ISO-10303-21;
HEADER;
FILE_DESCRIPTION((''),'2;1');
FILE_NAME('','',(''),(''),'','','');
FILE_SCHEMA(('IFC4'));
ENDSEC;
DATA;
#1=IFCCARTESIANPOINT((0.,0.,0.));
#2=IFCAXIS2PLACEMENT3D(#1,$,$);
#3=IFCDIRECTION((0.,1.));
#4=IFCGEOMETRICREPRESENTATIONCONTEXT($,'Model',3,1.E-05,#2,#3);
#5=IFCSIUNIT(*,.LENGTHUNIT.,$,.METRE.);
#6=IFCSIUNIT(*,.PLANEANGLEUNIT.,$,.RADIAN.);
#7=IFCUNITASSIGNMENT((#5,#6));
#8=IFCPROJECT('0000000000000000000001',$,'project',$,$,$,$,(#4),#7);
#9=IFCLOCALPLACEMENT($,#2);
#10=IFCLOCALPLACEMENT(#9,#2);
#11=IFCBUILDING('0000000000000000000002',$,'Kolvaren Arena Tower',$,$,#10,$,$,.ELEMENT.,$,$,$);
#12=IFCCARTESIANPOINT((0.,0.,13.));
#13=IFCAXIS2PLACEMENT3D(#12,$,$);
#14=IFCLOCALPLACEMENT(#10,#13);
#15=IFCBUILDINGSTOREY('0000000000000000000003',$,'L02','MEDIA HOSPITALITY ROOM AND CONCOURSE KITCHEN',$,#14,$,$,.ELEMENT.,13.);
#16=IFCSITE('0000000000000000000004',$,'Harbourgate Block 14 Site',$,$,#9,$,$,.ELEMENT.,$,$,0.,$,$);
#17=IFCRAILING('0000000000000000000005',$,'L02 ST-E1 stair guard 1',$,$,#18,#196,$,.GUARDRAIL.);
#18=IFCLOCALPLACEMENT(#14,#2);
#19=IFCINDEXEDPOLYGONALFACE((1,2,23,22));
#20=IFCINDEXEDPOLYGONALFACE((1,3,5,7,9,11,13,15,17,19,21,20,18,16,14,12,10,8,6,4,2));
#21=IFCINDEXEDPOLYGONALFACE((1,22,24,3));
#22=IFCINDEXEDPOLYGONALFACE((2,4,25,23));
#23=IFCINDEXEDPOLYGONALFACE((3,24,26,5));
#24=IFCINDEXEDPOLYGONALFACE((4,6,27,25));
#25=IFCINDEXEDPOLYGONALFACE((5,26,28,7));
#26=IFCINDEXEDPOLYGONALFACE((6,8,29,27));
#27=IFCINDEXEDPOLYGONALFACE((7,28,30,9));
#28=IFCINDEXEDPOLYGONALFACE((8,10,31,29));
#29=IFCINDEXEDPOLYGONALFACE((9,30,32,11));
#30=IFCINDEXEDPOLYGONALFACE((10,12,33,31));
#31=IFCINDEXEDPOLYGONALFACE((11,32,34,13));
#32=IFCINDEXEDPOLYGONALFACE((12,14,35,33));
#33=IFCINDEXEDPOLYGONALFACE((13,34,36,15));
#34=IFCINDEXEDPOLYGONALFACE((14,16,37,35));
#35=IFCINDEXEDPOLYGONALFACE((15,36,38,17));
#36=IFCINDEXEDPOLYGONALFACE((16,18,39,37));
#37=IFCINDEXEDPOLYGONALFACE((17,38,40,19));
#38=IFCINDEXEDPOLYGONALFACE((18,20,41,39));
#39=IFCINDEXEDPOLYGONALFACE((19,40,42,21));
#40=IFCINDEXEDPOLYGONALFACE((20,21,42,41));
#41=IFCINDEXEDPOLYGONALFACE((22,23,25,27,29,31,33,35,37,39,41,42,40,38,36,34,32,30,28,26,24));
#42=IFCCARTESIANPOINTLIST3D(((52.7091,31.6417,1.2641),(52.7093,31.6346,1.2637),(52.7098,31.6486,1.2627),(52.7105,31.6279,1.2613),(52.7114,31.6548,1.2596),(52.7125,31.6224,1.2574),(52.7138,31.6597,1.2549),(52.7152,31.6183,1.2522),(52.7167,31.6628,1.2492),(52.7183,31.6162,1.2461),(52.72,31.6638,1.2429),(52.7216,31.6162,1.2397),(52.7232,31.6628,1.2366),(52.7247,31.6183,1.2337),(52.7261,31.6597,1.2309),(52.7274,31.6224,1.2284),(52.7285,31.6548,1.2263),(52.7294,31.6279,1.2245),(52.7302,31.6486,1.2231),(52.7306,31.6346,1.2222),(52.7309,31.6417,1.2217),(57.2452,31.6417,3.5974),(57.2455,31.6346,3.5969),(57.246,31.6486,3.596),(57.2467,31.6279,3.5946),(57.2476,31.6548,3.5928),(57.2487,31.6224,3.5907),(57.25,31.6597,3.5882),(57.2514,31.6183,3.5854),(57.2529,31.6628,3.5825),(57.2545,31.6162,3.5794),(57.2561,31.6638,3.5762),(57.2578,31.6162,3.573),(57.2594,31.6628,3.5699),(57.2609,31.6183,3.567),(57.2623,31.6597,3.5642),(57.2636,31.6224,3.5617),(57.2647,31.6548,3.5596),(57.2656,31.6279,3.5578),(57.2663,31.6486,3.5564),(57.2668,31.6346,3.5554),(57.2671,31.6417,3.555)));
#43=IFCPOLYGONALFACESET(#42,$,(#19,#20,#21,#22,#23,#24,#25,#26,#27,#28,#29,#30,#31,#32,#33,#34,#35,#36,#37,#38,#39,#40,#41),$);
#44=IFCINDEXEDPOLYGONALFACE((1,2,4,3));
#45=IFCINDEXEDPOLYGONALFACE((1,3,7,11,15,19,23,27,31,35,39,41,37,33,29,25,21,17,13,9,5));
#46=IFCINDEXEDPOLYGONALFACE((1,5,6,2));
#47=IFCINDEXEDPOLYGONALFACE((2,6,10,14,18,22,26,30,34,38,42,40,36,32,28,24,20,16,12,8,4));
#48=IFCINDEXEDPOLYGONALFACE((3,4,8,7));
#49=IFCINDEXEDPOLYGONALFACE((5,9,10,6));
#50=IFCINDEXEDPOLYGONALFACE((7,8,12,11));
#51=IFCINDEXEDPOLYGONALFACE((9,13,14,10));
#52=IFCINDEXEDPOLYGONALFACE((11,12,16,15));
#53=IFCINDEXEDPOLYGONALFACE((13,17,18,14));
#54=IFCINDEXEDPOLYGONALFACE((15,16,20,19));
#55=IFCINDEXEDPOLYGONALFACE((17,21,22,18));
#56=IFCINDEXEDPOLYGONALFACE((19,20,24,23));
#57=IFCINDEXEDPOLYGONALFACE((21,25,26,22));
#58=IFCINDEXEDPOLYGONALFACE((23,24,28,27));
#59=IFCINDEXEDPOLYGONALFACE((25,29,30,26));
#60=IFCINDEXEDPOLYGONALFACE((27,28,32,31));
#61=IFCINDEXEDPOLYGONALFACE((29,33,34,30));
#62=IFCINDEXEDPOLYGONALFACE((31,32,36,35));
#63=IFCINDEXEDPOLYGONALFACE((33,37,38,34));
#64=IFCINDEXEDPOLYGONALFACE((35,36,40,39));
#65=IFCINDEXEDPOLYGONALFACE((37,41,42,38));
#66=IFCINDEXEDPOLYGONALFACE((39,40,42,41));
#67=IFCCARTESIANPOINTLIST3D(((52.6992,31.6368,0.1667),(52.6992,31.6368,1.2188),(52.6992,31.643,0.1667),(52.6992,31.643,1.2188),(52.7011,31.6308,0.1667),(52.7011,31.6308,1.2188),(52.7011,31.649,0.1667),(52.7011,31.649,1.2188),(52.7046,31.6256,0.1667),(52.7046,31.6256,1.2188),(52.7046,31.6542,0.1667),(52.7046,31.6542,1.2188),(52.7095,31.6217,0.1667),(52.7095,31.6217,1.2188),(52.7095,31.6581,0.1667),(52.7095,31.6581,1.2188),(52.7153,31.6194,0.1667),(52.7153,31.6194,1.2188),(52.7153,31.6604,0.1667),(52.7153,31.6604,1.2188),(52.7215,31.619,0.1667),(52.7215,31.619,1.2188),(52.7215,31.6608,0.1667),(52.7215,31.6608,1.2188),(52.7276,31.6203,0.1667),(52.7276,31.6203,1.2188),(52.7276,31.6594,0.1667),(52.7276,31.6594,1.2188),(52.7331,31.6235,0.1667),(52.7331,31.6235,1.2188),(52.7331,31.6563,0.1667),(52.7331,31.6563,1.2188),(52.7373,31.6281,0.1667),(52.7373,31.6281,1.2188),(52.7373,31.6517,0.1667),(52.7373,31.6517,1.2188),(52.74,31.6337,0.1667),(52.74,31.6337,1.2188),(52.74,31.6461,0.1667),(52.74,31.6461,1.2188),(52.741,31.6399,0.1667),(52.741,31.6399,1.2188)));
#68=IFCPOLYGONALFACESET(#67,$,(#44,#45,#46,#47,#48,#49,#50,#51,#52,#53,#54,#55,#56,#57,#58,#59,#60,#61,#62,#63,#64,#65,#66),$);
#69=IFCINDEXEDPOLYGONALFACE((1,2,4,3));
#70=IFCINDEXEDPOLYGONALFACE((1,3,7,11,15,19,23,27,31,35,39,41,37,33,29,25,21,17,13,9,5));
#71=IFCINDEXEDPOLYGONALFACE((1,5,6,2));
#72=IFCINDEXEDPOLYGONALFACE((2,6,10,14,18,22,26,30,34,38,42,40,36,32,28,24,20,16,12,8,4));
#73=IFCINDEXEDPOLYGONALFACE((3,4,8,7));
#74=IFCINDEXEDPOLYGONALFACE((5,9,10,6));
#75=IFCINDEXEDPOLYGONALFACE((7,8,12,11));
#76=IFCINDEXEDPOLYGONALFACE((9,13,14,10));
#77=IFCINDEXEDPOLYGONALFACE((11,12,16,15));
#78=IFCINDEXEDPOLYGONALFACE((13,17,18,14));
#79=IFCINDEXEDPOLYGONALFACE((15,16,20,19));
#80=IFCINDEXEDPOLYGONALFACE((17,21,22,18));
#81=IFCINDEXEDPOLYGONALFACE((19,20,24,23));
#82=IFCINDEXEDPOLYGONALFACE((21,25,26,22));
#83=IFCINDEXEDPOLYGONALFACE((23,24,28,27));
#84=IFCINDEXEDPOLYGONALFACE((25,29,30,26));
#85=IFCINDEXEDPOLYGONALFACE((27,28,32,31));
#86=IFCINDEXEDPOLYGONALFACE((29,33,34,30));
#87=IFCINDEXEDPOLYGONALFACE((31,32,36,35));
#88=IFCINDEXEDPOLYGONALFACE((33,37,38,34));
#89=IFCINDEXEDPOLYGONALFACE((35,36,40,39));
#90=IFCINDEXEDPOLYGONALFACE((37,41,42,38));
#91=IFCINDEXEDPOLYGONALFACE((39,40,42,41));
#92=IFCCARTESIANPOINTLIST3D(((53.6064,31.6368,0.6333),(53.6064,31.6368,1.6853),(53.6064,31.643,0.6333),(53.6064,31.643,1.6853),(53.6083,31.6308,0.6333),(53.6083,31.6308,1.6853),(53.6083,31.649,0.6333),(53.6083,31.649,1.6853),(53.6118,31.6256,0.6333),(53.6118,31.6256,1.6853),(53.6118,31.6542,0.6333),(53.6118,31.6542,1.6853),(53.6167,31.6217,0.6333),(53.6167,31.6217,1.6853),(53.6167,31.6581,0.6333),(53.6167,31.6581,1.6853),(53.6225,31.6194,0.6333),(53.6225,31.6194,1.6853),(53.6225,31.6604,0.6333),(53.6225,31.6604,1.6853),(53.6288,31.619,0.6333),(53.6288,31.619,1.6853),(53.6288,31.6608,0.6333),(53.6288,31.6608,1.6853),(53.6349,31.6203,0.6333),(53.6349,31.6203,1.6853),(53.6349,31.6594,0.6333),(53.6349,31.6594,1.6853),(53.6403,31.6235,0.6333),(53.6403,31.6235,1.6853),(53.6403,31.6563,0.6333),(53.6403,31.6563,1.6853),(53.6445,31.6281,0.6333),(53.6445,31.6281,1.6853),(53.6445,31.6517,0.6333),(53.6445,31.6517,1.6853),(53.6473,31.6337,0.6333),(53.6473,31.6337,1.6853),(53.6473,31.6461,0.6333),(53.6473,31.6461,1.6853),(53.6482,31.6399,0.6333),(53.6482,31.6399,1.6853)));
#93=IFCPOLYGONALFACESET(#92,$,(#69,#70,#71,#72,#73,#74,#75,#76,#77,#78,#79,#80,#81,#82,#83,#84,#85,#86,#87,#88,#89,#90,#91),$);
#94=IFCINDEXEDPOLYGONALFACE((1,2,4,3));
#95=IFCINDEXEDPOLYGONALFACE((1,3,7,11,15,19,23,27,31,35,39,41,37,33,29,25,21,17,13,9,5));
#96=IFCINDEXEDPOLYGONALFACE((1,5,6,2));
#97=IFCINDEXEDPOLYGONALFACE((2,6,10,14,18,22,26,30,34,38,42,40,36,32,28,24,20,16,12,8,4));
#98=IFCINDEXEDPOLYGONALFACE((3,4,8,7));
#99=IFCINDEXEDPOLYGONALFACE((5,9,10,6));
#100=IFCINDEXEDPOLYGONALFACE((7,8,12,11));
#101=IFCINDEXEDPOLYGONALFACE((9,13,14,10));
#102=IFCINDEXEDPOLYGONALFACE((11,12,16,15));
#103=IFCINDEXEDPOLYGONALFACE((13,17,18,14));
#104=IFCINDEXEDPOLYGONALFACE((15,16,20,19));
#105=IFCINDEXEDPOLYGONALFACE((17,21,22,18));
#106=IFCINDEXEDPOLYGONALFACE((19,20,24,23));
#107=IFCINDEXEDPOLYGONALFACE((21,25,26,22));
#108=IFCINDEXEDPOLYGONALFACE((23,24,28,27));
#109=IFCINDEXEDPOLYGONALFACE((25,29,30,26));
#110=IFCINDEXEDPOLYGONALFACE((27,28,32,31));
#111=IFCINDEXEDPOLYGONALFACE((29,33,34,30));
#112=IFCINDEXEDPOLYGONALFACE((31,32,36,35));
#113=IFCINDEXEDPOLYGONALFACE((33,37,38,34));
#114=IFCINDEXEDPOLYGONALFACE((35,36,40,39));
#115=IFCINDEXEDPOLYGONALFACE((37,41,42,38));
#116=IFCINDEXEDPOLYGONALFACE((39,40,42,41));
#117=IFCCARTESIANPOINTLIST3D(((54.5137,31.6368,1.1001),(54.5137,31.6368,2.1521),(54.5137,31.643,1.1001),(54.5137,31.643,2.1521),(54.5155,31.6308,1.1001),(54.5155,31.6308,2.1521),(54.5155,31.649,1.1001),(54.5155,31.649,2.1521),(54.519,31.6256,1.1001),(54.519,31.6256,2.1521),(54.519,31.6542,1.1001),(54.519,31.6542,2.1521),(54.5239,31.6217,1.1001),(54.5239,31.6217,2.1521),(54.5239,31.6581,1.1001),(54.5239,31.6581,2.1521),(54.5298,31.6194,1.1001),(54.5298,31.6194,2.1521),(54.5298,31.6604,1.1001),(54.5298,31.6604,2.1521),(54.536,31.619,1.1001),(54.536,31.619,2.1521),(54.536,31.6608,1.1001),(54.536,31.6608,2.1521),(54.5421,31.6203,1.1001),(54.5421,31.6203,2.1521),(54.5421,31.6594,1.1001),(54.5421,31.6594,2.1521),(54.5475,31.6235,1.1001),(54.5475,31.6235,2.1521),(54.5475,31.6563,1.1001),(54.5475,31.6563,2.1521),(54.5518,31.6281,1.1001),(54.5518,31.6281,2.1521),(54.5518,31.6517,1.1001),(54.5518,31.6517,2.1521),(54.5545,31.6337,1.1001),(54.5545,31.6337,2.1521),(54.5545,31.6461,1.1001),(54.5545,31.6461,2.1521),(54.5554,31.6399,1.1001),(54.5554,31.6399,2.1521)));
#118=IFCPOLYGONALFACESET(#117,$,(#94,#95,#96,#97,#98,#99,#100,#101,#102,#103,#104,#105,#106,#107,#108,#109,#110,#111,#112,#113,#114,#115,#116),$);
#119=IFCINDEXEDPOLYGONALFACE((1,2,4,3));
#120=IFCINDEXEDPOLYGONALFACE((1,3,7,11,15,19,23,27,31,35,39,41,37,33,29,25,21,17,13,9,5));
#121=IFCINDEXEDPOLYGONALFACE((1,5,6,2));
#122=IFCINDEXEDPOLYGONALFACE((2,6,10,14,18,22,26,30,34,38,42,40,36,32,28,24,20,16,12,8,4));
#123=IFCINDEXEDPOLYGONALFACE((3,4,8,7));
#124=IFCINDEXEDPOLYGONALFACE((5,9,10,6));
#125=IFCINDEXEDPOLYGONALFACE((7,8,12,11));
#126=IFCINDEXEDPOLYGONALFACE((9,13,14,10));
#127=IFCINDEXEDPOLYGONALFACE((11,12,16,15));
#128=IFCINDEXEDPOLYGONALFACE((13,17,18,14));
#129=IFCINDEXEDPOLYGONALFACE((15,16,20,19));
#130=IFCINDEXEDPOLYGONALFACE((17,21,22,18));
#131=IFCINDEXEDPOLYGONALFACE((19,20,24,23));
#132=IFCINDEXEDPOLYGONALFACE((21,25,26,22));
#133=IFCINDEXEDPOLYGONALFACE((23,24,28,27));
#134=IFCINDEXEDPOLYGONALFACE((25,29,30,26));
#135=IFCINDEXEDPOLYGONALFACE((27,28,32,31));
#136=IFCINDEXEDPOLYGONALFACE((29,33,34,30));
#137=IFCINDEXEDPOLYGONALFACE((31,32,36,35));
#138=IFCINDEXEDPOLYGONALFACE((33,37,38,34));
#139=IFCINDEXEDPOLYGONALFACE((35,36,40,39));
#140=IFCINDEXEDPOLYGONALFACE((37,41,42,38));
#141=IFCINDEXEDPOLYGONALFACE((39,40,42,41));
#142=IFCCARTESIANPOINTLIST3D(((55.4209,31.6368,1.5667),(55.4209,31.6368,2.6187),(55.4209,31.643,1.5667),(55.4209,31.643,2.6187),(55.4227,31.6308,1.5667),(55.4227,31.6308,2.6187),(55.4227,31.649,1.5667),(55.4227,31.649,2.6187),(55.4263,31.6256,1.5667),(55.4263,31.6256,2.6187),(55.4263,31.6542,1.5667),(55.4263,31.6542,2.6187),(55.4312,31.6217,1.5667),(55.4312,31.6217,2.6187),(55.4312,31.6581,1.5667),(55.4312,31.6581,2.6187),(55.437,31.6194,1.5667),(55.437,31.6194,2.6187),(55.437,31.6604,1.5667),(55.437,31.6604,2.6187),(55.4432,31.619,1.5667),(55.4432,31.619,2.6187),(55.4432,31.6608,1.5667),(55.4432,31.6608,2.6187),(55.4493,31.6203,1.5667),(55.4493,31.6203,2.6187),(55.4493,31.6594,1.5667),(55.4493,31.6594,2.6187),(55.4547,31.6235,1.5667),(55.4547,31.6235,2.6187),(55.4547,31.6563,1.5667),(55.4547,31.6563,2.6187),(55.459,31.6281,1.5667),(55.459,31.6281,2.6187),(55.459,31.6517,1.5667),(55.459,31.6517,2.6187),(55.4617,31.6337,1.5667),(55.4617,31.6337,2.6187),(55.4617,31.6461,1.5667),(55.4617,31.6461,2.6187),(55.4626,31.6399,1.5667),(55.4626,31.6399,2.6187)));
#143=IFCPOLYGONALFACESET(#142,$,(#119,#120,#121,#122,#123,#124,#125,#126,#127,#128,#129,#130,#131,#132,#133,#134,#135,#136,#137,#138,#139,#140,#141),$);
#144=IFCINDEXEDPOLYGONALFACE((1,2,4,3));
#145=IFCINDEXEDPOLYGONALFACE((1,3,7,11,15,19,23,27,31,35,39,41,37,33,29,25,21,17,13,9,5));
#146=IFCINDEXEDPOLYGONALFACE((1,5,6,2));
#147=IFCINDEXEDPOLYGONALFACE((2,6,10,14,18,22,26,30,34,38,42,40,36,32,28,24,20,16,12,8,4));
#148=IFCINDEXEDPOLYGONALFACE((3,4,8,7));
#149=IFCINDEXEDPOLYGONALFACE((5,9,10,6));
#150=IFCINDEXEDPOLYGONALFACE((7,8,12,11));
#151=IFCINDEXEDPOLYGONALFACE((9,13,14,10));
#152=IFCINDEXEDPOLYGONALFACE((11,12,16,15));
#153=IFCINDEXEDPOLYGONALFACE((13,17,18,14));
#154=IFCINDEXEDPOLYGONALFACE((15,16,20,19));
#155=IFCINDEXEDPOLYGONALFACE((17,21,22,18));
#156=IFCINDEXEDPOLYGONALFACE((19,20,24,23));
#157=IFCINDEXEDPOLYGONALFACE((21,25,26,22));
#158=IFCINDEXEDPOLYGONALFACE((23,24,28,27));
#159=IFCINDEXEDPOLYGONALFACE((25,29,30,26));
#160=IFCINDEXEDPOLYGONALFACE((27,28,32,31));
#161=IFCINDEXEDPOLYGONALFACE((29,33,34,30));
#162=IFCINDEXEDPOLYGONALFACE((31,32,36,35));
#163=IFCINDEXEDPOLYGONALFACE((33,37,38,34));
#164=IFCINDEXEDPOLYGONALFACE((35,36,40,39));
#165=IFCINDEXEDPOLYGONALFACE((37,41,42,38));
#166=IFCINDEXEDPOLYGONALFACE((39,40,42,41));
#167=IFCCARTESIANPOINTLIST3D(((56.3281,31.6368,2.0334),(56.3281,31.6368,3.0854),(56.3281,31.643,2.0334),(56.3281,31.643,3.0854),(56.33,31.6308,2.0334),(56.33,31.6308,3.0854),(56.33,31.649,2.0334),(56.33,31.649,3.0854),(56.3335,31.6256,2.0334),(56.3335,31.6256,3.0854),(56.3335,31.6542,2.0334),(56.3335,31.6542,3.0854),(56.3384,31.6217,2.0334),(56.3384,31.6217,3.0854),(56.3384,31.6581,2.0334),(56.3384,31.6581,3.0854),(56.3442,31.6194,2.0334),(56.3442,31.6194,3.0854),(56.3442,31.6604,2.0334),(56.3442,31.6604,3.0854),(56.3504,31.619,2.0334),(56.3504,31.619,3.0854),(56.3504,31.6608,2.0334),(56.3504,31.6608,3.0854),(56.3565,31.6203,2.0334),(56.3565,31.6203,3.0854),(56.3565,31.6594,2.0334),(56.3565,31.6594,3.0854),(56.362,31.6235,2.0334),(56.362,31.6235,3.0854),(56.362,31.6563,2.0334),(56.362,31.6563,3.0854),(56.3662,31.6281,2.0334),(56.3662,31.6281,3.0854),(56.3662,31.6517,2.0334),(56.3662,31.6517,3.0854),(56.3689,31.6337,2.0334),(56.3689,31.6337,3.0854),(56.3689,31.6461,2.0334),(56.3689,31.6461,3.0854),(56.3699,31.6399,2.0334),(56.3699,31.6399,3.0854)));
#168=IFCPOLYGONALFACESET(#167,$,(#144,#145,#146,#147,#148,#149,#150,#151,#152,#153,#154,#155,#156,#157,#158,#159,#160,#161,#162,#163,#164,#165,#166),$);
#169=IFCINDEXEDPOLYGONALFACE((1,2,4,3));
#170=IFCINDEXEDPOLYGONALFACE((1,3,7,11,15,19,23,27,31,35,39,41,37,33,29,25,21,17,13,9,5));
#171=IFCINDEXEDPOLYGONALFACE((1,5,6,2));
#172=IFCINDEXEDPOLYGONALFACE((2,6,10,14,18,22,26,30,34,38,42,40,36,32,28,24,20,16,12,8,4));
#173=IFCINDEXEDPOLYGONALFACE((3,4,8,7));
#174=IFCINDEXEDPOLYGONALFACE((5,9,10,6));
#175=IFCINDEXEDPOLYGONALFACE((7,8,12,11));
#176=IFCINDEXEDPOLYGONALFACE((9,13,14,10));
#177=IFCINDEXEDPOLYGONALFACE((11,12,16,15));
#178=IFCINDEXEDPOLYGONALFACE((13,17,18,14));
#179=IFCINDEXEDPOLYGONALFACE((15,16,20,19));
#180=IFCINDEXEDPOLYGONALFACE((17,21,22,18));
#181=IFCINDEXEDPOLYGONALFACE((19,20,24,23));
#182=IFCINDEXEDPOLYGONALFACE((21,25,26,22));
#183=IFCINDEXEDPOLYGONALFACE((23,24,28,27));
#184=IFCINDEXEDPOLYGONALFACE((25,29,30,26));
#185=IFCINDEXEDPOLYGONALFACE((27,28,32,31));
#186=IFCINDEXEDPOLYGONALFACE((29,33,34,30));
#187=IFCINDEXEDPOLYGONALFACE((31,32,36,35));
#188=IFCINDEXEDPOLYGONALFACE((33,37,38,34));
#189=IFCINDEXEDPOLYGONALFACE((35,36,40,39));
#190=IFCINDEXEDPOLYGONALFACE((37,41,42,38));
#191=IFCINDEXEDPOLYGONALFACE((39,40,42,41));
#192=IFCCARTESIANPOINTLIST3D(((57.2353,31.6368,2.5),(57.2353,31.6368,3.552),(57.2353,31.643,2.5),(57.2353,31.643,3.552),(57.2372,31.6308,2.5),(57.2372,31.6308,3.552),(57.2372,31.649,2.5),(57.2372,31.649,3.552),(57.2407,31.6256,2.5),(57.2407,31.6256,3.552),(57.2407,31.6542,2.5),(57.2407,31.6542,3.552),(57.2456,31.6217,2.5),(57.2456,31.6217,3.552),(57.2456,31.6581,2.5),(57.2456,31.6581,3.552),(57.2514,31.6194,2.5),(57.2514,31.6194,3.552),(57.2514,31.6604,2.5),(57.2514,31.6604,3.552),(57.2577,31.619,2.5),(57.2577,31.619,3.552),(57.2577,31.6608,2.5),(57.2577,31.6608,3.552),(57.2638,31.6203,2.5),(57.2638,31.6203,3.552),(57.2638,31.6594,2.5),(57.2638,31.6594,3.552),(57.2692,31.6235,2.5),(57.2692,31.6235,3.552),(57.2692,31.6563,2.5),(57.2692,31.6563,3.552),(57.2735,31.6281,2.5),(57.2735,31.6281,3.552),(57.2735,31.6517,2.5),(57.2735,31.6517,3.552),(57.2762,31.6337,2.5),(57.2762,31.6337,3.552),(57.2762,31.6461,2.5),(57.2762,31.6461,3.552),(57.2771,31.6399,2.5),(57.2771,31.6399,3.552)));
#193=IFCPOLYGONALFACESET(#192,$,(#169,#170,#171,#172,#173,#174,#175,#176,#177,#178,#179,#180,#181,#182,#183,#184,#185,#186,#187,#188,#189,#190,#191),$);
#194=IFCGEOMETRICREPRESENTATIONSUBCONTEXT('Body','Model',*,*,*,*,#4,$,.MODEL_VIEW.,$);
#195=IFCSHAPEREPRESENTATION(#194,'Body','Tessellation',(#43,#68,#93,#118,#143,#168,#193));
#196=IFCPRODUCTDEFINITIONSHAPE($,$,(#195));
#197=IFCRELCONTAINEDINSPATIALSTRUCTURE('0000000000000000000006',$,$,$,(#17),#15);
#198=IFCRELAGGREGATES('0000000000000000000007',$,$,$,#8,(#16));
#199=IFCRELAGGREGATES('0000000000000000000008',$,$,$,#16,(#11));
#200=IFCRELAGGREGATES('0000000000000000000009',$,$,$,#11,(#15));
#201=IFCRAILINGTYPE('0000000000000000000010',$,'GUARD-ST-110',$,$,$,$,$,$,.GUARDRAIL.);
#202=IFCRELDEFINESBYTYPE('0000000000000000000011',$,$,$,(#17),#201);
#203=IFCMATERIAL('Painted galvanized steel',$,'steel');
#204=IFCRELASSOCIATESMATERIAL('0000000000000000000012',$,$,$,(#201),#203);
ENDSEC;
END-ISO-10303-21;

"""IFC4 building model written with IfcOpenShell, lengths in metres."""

from ifc_helpers import new_model, si_unit, direction, frame, origin, origin_2d, place, context, subcontext, project, spatial, circle, extrude, material, type_object, element, save


model = new_model("IFC4")

# Units and contexts
model_context = context("Model", 3, precision=1e-05, world=origin(), true_north=direction((0.0, 1.0)))
body_context = subcontext(model_context, "Body", "Model", "MODEL_VIEW")
ifc_project = project(units=[si_unit("LENGTHUNIT", "METRE"), si_unit("PLANEANGLEUNIT", "RADIAN")], contexts=[model_context])

# Site, building, storey
site_placement = place(None, origin())
site = spatial("IfcSite", under=ifc_project, at=site_placement, Name="Harbourgate Block 14 Site", CompositionType="ELEMENT", RefElevation=0.0)
building_placement = place(site_placement, origin())
building = spatial("IfcBuilding", under=site, at=building_placement, Name="Kolvaren Arena Tower", CompositionType="ELEMENT")
storey_placement = place(building_placement, frame((0.0, 0.0, 13.0)))
storey = spatial("IfcBuildingStorey", under=building, at=storey_placement, Name="L02", Description="MEDIA HOSPITALITY ROOM AND CONCOURSE KITCHEN", CompositionType="ELEMENT", Elevation=13.0)

# Railing
ifc_material_1 = material(Name="Painted galvanized steel", Category="steel")
railing_type_1 = type_object("IfcRailingType", Name="GUARD-ST-110", PredefinedType="GUARDRAIL", material=ifc_material_1)
railing_1_placement = place(storey_placement, frame((52.72, 31.6399, 0.1667)))
element("IfcRailing", 1, at=railing_1_placement, inside=storey, type_object=railing_type_1, Name="L02 ST-E1 stair guard 1", PredefinedType="GUARDRAIL", context=body_context, shape_type="SweptSolid", body=[
    extrude(circle(Radius=0.0239, at=origin_2d()), frame((0.0, 0.0, 1.0762), z_axis=(0.889257, 0.0, 0.457407), x_axis=(0.0, 1.0, 0.0)), (0.0, 0.0, 1.0), 5.1011),
    extrude(circle(Radius=0.021, at=origin_2d()), origin(), (0.0, 0.0, 1.0), 1.052),
    extrude(circle(Radius=0.021, at=origin_2d()), frame((0.9072, 0.0, 0.4666)), (0.0, 0.0, 1.0), 1.052),
    extrude(circle(Radius=0.021, at=origin_2d()), frame((1.8145, 0.0, 0.9333)), (0.0, 0.0, 1.0), 1.052),
    extrude(circle(Radius=0.021, at=origin_2d()), frame((2.7217, 0.0, 1.3999)), (0.0, 0.0, 1.0), 1.052),
    extrude(circle(Radius=0.021, at=origin_2d()), frame((3.6289, 0.0, 1.8667)), (0.0, 0.0, 1.0), 1.052),
    extrude(circle(Radius=0.021, at=origin_2d()), frame((4.5361, 0.0, 2.3333)), (0.0, 0.0, 1.0), 1.052),
])

save(model, "model.ifc")
